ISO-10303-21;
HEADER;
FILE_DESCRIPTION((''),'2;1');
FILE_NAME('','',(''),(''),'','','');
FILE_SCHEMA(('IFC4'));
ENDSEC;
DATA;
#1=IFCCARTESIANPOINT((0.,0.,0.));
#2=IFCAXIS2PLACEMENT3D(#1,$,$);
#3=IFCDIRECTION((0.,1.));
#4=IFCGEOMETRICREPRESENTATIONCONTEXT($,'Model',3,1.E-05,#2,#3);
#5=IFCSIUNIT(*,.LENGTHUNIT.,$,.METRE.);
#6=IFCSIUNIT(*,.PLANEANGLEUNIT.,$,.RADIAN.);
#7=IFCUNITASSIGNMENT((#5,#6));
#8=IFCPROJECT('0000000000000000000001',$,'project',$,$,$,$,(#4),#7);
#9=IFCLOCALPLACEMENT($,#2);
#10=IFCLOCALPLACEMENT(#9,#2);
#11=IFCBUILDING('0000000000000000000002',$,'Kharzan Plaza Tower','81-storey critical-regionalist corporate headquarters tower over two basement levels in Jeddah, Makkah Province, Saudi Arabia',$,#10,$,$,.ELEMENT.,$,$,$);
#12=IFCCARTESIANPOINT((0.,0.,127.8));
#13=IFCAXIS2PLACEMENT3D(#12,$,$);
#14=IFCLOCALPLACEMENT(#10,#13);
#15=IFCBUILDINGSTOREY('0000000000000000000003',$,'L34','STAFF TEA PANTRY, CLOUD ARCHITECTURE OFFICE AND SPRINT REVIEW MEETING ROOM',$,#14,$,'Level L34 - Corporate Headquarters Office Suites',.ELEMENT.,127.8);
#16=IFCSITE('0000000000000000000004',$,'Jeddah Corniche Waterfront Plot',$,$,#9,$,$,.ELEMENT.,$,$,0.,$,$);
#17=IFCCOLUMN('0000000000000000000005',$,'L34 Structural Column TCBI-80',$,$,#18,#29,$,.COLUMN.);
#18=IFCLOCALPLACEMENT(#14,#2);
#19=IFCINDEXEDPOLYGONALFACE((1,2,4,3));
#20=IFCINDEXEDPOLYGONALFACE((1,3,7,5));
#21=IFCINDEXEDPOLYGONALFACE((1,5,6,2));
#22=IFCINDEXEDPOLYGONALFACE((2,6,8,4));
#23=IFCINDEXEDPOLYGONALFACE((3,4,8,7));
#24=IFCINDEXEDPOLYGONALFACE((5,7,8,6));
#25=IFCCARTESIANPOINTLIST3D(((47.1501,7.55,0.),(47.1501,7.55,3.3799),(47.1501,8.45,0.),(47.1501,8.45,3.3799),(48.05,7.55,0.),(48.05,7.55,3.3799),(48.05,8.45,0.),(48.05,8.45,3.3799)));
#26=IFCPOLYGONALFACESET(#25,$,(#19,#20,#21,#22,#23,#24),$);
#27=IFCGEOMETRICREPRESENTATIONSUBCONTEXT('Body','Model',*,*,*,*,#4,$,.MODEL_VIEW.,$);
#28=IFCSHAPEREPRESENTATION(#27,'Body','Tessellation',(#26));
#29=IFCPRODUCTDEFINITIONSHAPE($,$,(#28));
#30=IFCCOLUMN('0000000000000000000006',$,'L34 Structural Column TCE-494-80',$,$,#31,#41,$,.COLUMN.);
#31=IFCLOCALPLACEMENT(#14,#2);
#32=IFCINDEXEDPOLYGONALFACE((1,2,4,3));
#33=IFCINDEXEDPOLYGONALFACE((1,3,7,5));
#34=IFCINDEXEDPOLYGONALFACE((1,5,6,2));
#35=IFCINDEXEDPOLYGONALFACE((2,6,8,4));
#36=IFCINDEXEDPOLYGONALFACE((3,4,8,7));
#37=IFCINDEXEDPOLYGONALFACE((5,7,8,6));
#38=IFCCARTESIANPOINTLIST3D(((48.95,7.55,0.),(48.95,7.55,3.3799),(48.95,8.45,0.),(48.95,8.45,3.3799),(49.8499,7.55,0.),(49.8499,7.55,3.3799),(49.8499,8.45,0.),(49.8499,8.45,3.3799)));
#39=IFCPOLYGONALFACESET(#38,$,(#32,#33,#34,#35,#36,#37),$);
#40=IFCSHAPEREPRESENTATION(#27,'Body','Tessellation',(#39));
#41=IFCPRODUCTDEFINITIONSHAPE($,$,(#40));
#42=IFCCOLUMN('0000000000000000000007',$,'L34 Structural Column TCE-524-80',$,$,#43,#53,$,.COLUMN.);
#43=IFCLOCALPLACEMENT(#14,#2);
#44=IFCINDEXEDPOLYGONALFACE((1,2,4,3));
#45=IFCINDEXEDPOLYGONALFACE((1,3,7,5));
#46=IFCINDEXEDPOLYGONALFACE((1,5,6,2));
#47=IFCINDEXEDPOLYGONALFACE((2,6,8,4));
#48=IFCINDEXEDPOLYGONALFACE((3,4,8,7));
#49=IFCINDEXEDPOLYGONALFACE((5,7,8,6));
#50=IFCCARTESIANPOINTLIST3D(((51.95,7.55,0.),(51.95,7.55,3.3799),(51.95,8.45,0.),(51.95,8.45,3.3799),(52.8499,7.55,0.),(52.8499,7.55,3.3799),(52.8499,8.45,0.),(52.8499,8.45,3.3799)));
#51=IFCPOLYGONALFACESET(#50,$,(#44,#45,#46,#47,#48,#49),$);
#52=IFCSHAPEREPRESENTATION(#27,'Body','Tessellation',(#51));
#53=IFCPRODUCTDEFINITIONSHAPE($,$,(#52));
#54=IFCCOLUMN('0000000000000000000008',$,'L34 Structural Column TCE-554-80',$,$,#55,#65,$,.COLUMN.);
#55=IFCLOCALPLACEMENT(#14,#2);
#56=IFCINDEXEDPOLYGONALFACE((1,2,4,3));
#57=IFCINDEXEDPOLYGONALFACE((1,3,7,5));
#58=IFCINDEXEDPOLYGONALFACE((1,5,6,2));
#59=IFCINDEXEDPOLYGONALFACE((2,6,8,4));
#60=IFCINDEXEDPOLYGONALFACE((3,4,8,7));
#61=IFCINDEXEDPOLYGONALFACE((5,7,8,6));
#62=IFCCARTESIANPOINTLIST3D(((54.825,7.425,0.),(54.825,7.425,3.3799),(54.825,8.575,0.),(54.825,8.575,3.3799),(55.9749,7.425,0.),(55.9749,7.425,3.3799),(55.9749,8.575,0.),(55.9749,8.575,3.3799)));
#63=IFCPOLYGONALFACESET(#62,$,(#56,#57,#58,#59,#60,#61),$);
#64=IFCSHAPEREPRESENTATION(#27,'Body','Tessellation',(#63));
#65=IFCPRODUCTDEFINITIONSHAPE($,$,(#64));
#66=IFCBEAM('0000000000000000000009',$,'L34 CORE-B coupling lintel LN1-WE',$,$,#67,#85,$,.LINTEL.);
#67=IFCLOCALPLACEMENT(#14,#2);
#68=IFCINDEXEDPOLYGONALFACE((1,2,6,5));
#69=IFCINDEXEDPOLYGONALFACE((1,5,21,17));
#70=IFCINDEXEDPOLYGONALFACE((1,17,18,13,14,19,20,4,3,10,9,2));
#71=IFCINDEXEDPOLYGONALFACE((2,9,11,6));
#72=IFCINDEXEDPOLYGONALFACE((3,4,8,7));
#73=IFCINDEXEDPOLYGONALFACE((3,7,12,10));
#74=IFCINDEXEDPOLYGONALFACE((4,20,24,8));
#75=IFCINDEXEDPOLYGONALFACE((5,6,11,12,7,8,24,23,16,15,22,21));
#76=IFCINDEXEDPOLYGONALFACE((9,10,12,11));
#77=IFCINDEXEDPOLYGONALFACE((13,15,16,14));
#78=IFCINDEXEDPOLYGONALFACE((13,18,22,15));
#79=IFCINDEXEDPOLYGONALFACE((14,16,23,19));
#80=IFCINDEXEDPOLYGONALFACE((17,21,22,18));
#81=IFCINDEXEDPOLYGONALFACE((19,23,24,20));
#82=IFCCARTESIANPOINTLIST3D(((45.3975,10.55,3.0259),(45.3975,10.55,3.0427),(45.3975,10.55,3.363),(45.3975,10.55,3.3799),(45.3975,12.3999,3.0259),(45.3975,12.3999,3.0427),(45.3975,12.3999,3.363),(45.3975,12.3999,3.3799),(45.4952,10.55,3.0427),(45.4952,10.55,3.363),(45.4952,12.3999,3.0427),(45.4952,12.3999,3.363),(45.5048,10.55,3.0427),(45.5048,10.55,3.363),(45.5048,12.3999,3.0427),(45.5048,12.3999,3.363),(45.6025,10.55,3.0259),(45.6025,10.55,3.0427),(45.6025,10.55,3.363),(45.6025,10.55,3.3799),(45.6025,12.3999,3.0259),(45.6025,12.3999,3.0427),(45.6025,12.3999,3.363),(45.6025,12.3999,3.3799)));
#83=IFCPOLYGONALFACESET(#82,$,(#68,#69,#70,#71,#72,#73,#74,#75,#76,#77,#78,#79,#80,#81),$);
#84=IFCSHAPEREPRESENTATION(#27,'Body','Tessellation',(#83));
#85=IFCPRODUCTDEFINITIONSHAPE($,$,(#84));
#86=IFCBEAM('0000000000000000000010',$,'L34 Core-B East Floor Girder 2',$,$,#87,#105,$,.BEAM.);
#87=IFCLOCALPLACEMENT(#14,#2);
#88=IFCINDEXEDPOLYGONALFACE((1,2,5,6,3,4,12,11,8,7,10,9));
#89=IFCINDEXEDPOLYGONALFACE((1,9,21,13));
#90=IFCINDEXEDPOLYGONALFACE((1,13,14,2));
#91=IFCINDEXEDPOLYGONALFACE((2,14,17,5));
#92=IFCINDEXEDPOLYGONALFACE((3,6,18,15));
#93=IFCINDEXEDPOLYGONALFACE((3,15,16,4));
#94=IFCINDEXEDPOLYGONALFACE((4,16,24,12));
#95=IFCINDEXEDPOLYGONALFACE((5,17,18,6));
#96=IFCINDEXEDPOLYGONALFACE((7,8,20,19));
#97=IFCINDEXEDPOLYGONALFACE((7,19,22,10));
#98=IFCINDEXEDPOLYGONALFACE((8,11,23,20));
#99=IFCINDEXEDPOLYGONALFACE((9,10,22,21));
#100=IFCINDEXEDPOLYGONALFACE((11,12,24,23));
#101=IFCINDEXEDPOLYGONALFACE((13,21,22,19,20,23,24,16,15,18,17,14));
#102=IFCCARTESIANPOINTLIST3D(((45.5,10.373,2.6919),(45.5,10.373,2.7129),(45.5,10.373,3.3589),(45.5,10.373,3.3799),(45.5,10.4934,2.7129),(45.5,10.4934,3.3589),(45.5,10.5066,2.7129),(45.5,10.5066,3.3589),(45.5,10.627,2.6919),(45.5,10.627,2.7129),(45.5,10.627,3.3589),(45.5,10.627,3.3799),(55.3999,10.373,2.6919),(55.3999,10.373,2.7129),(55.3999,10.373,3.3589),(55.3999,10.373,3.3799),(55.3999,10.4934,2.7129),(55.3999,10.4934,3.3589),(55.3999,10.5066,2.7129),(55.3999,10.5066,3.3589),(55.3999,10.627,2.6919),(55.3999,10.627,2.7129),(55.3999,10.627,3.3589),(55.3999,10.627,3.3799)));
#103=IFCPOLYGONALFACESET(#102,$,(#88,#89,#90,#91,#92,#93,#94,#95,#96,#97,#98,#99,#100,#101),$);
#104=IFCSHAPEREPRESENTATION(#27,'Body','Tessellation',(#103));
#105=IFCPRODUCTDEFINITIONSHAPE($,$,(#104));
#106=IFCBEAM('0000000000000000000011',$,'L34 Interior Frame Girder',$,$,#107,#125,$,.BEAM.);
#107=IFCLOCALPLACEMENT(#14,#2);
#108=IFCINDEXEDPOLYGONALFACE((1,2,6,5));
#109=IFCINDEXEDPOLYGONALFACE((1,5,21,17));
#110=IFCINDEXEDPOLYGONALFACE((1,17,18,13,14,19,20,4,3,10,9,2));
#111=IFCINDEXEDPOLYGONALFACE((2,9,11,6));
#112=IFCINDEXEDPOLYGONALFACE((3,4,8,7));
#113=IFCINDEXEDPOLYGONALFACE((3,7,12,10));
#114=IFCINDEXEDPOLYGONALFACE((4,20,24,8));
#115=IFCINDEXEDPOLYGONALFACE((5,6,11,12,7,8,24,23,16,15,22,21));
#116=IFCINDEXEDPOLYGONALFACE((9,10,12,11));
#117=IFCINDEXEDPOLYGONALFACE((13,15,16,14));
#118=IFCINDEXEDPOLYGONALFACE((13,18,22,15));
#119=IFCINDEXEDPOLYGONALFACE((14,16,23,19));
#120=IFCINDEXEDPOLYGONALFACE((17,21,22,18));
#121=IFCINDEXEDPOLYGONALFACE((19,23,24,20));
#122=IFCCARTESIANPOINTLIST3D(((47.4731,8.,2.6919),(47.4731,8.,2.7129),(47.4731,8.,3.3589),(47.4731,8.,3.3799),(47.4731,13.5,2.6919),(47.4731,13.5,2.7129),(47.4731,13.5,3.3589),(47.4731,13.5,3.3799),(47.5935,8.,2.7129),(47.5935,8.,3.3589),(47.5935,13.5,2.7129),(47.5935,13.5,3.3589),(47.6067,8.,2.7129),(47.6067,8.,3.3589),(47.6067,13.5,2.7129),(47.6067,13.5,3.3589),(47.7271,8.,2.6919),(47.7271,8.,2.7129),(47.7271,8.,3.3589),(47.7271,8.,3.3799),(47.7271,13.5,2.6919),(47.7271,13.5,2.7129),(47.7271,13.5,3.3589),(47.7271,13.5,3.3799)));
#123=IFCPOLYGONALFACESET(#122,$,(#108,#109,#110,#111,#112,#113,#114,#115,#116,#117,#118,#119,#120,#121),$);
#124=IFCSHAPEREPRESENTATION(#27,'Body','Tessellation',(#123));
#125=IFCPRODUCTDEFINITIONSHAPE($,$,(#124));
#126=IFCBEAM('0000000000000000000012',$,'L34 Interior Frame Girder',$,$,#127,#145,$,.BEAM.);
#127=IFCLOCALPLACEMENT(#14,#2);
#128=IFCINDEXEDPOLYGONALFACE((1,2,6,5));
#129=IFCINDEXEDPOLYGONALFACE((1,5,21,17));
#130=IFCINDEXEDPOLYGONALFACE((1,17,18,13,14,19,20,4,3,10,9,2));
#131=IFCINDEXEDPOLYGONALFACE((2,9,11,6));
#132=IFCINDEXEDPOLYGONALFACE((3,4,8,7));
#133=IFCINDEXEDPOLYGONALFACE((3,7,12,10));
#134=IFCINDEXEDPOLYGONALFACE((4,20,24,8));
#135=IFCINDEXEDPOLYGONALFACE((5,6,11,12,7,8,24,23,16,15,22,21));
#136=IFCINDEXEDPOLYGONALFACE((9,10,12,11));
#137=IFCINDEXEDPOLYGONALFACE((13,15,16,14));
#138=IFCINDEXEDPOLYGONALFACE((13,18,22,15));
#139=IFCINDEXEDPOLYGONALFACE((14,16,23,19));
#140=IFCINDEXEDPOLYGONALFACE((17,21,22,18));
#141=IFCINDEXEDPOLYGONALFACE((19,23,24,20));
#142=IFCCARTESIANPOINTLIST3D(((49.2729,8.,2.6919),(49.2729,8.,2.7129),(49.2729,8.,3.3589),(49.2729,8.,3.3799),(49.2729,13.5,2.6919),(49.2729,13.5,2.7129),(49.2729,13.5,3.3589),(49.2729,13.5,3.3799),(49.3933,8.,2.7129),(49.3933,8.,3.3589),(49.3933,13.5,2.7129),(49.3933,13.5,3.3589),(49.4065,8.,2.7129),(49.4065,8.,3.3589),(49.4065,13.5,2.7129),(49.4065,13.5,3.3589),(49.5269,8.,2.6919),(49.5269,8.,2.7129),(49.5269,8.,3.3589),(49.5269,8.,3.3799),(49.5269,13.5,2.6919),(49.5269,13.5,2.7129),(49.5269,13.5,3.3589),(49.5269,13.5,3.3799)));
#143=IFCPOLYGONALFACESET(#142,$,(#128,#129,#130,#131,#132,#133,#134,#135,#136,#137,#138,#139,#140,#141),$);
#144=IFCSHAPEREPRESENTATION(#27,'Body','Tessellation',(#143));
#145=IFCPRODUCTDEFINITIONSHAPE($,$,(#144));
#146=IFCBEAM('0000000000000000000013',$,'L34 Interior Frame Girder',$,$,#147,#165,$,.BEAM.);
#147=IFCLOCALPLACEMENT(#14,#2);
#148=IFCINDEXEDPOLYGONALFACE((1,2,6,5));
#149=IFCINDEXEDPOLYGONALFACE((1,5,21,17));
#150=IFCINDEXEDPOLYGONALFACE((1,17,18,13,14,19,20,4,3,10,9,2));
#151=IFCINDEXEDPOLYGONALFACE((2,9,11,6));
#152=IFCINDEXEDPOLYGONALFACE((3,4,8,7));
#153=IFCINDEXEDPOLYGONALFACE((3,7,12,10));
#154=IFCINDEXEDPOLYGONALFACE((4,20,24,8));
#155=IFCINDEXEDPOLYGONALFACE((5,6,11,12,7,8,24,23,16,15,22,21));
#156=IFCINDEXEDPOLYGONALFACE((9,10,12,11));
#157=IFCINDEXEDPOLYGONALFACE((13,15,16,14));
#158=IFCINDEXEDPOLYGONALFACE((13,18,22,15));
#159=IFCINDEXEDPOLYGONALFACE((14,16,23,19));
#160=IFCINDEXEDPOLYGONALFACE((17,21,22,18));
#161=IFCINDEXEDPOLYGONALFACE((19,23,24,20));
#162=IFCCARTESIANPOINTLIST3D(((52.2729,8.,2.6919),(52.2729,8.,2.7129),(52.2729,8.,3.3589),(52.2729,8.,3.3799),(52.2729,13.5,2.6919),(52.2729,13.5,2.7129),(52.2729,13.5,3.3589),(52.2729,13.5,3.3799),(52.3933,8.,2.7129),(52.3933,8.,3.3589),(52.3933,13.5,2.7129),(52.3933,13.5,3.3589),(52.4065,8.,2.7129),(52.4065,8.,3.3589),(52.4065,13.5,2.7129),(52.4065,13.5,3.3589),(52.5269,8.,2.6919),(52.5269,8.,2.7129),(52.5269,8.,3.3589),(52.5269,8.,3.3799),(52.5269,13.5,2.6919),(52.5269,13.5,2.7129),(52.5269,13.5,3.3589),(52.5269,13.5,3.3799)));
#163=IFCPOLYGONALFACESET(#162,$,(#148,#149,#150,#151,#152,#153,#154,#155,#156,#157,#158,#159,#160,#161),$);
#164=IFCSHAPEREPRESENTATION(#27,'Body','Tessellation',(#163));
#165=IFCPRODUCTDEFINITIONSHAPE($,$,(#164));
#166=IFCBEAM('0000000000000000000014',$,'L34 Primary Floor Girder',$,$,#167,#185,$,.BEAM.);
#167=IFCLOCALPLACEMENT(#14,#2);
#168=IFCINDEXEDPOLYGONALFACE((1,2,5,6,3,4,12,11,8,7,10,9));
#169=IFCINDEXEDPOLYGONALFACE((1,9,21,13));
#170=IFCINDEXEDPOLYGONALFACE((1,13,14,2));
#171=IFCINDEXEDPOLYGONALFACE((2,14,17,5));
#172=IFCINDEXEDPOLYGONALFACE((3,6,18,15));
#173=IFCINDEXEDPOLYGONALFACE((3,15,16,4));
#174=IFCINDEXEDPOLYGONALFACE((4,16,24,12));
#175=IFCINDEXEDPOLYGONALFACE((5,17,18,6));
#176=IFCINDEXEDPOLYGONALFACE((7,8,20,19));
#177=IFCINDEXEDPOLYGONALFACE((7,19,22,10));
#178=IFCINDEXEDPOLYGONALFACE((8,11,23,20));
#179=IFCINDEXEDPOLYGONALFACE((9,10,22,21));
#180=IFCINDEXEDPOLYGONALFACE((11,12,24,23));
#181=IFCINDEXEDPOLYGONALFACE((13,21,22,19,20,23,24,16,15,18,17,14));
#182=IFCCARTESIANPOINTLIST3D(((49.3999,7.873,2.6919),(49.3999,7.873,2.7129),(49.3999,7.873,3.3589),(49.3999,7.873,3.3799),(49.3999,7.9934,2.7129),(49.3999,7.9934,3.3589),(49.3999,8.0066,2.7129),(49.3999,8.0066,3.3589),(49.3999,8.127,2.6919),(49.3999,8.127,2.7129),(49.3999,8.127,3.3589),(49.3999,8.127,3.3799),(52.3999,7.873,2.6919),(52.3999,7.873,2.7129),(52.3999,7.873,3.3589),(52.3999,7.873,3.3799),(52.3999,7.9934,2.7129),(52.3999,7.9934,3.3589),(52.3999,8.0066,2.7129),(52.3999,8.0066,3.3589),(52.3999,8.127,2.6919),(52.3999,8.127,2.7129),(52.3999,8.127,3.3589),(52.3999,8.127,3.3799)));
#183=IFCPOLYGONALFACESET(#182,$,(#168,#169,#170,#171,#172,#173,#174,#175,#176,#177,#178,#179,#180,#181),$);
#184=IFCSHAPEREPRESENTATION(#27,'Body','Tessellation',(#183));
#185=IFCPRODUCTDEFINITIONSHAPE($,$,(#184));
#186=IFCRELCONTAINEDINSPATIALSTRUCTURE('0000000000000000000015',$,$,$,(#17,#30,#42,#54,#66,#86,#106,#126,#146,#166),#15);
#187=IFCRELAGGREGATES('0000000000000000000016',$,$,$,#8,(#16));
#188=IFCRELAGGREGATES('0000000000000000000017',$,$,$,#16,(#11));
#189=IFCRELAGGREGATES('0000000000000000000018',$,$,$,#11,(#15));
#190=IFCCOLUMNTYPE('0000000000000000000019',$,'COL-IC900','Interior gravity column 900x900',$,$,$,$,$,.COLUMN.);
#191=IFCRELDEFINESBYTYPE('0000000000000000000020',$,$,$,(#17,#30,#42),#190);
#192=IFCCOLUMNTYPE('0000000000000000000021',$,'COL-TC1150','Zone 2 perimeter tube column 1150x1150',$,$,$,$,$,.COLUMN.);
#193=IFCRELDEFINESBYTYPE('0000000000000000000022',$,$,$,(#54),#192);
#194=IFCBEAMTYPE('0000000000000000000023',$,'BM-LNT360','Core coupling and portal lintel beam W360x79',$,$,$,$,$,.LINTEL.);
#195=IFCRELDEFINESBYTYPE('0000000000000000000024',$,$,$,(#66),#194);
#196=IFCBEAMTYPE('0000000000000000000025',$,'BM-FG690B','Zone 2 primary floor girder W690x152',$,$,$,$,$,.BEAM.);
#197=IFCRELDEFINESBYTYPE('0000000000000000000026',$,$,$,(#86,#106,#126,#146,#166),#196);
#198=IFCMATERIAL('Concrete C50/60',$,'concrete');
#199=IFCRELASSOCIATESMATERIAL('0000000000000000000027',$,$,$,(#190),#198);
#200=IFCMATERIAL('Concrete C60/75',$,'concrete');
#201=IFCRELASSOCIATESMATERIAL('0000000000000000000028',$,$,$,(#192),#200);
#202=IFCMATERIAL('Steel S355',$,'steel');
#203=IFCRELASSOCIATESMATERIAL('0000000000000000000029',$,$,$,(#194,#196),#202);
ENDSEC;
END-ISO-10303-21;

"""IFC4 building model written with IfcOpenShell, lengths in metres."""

from ifc_helpers import new_model, si_unit, direction, frame, origin, origin_2d, place, context, subcontext, project, spatial, rectangle, i_section, extrude, source, transform, mapped, material, material_profile, profile_set, type_object, element, save


model = new_model("IFC4")

# Units and contexts
model_context = context("Model", 3, precision=1e-05, world=origin(), true_north=direction((0.0, 1.0)))
body_context = subcontext(model_context, "Body", "Model", "MODEL_VIEW")
ifc_project = project(units=[si_unit("LENGTHUNIT", "METRE"), si_unit("PLANEANGLEUNIT", "RADIAN")], contexts=[model_context])

# Site, building, storey
site_placement = place(None, origin())
site = spatial("IfcSite", under=ifc_project, at=site_placement, Name="Jeddah Corniche Waterfront Plot", CompositionType="ELEMENT", RefElevation=0.0)
building_placement = place(site_placement, origin())
building = spatial("IfcBuilding", under=site, at=building_placement, Name="Kharzan Plaza Tower", Description="81-storey critical-regionalist corporate headquarters tower over two basement levels in Jeddah, Makkah Province, Saudi Arabia", CompositionType="ELEMENT")
storey_placement = place(building_placement, frame((0.0, 0.0, 127.8)))
storey = spatial("IfcBuildingStorey", under=building, at=storey_placement, Name="L34", Description="STAFF TEA PANTRY, CLOUD ARCHITECTURE OFFICE AND SPRINT REVIEW MEETING ROOM", LongName="Level L34 - Corporate Headquarters Office Suites", CompositionType="ELEMENT", Elevation=127.8)

# Columns
ifc_material_1 = material(Name="Concrete C50/60", Category="concrete")
ifc_material_profile_1 = material_profile(ifc_material_1, rectangle(XDim=0.8999, YDim=0.8999, at=origin_2d()), Name="RC-IC900x900")
ifc_profile_set_1 = profile_set([ifc_material_profile_1], Name="Concrete C50/60")
column_type_1 = type_object("IfcColumnType", Name="COL-IC900", Description="Interior gravity column 900x900", PredefinedType="COLUMN", material=ifc_profile_set_1)
shared_shape_1 = source(origin(), body_context, "Body", "SweptSolid", [
    extrude(rectangle(XDim=0.8999, YDim=0.8999, at=origin_2d()), origin(), (0.0, 0.0, 1.0), 3.3799),
])
for number, where, z_axis, x_axis, name in (
    (1, (47.6001, 8.0, 0.0), (0.0, 0.0, 1.0), (1.0, 0.0, 0.0), "L34 Structural Column TCBI-80"),
    (2, (49.3999, 8.0, 0.0), (0.0, 0.0, 1.0), (1.0, 0.0, 0.0), "L34 Structural Column TCE-494-80"),
    (3, (52.3999, 8.0, 0.0), (0.0, 0.0, 1.0), (1.0, 0.0, 0.0), "L34 Structural Column TCE-524-80"),
):
    element("IfcColumn", number, at=place(storey_placement, frame(where, z_axis=z_axis, x_axis=x_axis)), inside=storey, type_object=column_type_1, Name=name, PredefinedType="COLUMN", context=body_context, shape_type="MappedRepresentation", body=[
        mapped(shared_shape_1, transform((0.0, 0.0, 0.0), x_axis=(1.0, 0.0, 0.0), y_axis=(0.0, 1.0, 0.0), z_axis=(0.0, 0.0, 1.0))),
    ])
ifc_material_2 = material(Name="Concrete C60/75", Category="concrete")
ifc_material_profile_2 = material_profile(ifc_material_2, rectangle(XDim=1.1499, YDim=1.1499, at=origin_2d()), Name="RC-TC1150x1150")
ifc_profile_set_2 = profile_set([ifc_material_profile_2], Name="Concrete C60/75")
column_type_2 = type_object("IfcColumnType", Name="COL-TC1150", Description="Zone 2 perimeter tube column 1150x1150", PredefinedType="COLUMN", material=ifc_profile_set_2)
shared_shape_2 = source(origin(), body_context, "Body", "SweptSolid", [
    extrude(rectangle(XDim=1.1499, YDim=1.1499, at=origin_2d()), origin(), (0.0, 0.0, 1.0), 3.3799),
])
column_placement = place(storey_placement, frame((55.3999, 8.0, 0.0), z_axis=(0.0, 0.0, 1.0), x_axis=(1.0, 0.0, 0.0)))
element("IfcColumn", 4, at=column_placement, inside=storey, type_object=column_type_2, Name="L34 Structural Column TCE-554-80", PredefinedType="COLUMN", context=body_context, shape_type="MappedRepresentation", body=[
    mapped(shared_shape_2, transform((0.0, 0.0, 0.0), x_axis=(1.0, 0.0, 0.0), y_axis=(0.0, 1.0, 0.0), z_axis=(0.0, 0.0, 1.0))),
])

# Beams
ifc_material_3 = material(Name="Steel S355", Category="steel")
ifc_material_profile_3 = material_profile(ifc_material_3, i_section(OverallWidth=0.2051, OverallDepth=0.354, WebThickness=0.0095, FlangeThickness=0.0168, at=origin_2d()), Name="W360x79")
ifc_profile_set_3 = profile_set([ifc_material_profile_3], Name="Steel S355")
beam_type_1 = type_object("IfcBeamType", Name="BM-LNT360", Description="Core coupling and portal lintel beam W360x79", PredefinedType="LINTEL", material=ifc_profile_set_3)
shared_shape_3 = source(origin(), body_context, "Body", "SweptSolid", [
    extrude(i_section(OverallWidth=0.2051, OverallDepth=0.354, WebThickness=0.0095, FlangeThickness=0.0168, at=origin_2d()), origin(), (0.0, 0.0, 1.0), 1.8499),
])
beam_1_placement = place(storey_placement, frame((45.5, 10.55, 3.2029), z_axis=(0.0, 1.0, 0.0), x_axis=(-1.0, 0.0, 0.0)))
element("IfcBeam", 5, at=beam_1_placement, inside=storey, type_object=beam_type_1, Name="L34 CORE-B coupling lintel LN1-WE", PredefinedType="LINTEL", context=body_context, shape_type="MappedRepresentation", body=[
    mapped(shared_shape_3, transform((0.0, 0.0, 0.0), x_axis=(1.0, 0.0, 0.0), y_axis=(0.0, 1.0, 0.0), z_axis=(0.0, 0.0, 1.0))),
])
ifc_material_profile_4 = material_profile(ifc_material_3, i_section(OverallWidth=0.2539, OverallDepth=0.688, WebThickness=0.0132, FlangeThickness=0.021, at=origin_2d()), Name="W690x152")
ifc_profile_set_4 = profile_set([ifc_material_profile_4], Name="Steel S355")
beam_type_2 = type_object("IfcBeamType", Name="BM-FG690B", Description="Zone 2 primary floor girder W690x152", PredefinedType="BEAM", material=ifc_profile_set_4)
shared_shape_4 = source(origin(), body_context, "Body", "SweptSolid", [
    extrude(i_section(OverallWidth=0.2539, OverallDepth=0.688, WebThickness=0.0132, FlangeThickness=0.021, at=origin_2d()), origin(), (0.0, 0.0, 1.0), 9.8999),
])
beam_2_placement = place(storey_placement, frame((45.5, 10.5, 3.0359), z_axis=(1.0, 0.0, 0.0), x_axis=(0.0, 1.0, 0.0)))
element("IfcBeam", 6, at=beam_2_placement, inside=storey, type_object=beam_type_2, Name="L34 Core-B East Floor Girder 2", PredefinedType="BEAM", context=body_context, shape_type="MappedRepresentation", body=[
    mapped(shared_shape_4, transform((0.0, 0.0, 0.0), x_axis=(1.0, 0.0, 0.0), y_axis=(0.0, 1.0, 0.0), z_axis=(0.0, 0.0, 1.0))),
])
shared_shape_5 = source(origin(), body_context, "Body", "SweptSolid", [
    extrude(i_section(OverallWidth=0.2539, OverallDepth=0.688, WebThickness=0.0132, FlangeThickness=0.021, at=origin_2d()), origin(), (0.0, 0.0, 1.0), 5.5),
])
for number, where, z_axis, x_axis, name in (
    (7, (47.6001, 8.0, 3.0359), (0.0, 1.0, 0.0), (-1.0, 0.0, 0.0), "L34 Interior Frame Girder"),
    (8, (49.3999, 8.0, 3.0359), (0.0, 1.0, 0.0), (-1.0, 0.0, 0.0), "L34 Interior Frame Girder"),
    (9, (52.3999, 8.0, 3.0359), (0.0, 1.0, 0.0), (-1.0, 0.0, 0.0), "L34 Interior Frame Girder"),
):
    element("IfcBeam", number, at=place(storey_placement, frame(where, z_axis=z_axis, x_axis=x_axis)), inside=storey, type_object=beam_type_2, Name=name, PredefinedType="BEAM", context=body_context, shape_type="MappedRepresentation", body=[
        mapped(shared_shape_5, transform((0.0, 0.0, 0.0), x_axis=(1.0, 0.0, 0.0), y_axis=(0.0, 1.0, 0.0), z_axis=(0.0, 0.0, 1.0))),
    ])
shared_shape_6 = source(origin(), body_context, "Body", "SweptSolid", [
    extrude(i_section(OverallWidth=0.2539, OverallDepth=0.688, WebThickness=0.0132, FlangeThickness=0.021, at=origin_2d()), origin(), (0.0, 0.0, 1.0), 3.0),
])
for number, where, z_axis, x_axis, name in (
    (10, (49.3999, 8.0, 3.0359), (1.0, 0.0, 0.0), (0.0, 1.0, 0.0), "L34 Primary Floor Girder"),
):
    element("IfcBeam", number, at=place(storey_placement, frame(where, z_axis=z_axis, x_axis=x_axis)), inside=storey, type_object=beam_type_2, Name=name, PredefinedType="BEAM", context=body_context, shape_type="MappedRepresentation", body=[
        mapped(shared_shape_6, transform((0.0, 0.0, 0.0), x_axis=(1.0, 0.0, 0.0), y_axis=(0.0, 1.0, 0.0), z_axis=(0.0, 0.0, 1.0))),
    ])

save(model, "model.ifc")
